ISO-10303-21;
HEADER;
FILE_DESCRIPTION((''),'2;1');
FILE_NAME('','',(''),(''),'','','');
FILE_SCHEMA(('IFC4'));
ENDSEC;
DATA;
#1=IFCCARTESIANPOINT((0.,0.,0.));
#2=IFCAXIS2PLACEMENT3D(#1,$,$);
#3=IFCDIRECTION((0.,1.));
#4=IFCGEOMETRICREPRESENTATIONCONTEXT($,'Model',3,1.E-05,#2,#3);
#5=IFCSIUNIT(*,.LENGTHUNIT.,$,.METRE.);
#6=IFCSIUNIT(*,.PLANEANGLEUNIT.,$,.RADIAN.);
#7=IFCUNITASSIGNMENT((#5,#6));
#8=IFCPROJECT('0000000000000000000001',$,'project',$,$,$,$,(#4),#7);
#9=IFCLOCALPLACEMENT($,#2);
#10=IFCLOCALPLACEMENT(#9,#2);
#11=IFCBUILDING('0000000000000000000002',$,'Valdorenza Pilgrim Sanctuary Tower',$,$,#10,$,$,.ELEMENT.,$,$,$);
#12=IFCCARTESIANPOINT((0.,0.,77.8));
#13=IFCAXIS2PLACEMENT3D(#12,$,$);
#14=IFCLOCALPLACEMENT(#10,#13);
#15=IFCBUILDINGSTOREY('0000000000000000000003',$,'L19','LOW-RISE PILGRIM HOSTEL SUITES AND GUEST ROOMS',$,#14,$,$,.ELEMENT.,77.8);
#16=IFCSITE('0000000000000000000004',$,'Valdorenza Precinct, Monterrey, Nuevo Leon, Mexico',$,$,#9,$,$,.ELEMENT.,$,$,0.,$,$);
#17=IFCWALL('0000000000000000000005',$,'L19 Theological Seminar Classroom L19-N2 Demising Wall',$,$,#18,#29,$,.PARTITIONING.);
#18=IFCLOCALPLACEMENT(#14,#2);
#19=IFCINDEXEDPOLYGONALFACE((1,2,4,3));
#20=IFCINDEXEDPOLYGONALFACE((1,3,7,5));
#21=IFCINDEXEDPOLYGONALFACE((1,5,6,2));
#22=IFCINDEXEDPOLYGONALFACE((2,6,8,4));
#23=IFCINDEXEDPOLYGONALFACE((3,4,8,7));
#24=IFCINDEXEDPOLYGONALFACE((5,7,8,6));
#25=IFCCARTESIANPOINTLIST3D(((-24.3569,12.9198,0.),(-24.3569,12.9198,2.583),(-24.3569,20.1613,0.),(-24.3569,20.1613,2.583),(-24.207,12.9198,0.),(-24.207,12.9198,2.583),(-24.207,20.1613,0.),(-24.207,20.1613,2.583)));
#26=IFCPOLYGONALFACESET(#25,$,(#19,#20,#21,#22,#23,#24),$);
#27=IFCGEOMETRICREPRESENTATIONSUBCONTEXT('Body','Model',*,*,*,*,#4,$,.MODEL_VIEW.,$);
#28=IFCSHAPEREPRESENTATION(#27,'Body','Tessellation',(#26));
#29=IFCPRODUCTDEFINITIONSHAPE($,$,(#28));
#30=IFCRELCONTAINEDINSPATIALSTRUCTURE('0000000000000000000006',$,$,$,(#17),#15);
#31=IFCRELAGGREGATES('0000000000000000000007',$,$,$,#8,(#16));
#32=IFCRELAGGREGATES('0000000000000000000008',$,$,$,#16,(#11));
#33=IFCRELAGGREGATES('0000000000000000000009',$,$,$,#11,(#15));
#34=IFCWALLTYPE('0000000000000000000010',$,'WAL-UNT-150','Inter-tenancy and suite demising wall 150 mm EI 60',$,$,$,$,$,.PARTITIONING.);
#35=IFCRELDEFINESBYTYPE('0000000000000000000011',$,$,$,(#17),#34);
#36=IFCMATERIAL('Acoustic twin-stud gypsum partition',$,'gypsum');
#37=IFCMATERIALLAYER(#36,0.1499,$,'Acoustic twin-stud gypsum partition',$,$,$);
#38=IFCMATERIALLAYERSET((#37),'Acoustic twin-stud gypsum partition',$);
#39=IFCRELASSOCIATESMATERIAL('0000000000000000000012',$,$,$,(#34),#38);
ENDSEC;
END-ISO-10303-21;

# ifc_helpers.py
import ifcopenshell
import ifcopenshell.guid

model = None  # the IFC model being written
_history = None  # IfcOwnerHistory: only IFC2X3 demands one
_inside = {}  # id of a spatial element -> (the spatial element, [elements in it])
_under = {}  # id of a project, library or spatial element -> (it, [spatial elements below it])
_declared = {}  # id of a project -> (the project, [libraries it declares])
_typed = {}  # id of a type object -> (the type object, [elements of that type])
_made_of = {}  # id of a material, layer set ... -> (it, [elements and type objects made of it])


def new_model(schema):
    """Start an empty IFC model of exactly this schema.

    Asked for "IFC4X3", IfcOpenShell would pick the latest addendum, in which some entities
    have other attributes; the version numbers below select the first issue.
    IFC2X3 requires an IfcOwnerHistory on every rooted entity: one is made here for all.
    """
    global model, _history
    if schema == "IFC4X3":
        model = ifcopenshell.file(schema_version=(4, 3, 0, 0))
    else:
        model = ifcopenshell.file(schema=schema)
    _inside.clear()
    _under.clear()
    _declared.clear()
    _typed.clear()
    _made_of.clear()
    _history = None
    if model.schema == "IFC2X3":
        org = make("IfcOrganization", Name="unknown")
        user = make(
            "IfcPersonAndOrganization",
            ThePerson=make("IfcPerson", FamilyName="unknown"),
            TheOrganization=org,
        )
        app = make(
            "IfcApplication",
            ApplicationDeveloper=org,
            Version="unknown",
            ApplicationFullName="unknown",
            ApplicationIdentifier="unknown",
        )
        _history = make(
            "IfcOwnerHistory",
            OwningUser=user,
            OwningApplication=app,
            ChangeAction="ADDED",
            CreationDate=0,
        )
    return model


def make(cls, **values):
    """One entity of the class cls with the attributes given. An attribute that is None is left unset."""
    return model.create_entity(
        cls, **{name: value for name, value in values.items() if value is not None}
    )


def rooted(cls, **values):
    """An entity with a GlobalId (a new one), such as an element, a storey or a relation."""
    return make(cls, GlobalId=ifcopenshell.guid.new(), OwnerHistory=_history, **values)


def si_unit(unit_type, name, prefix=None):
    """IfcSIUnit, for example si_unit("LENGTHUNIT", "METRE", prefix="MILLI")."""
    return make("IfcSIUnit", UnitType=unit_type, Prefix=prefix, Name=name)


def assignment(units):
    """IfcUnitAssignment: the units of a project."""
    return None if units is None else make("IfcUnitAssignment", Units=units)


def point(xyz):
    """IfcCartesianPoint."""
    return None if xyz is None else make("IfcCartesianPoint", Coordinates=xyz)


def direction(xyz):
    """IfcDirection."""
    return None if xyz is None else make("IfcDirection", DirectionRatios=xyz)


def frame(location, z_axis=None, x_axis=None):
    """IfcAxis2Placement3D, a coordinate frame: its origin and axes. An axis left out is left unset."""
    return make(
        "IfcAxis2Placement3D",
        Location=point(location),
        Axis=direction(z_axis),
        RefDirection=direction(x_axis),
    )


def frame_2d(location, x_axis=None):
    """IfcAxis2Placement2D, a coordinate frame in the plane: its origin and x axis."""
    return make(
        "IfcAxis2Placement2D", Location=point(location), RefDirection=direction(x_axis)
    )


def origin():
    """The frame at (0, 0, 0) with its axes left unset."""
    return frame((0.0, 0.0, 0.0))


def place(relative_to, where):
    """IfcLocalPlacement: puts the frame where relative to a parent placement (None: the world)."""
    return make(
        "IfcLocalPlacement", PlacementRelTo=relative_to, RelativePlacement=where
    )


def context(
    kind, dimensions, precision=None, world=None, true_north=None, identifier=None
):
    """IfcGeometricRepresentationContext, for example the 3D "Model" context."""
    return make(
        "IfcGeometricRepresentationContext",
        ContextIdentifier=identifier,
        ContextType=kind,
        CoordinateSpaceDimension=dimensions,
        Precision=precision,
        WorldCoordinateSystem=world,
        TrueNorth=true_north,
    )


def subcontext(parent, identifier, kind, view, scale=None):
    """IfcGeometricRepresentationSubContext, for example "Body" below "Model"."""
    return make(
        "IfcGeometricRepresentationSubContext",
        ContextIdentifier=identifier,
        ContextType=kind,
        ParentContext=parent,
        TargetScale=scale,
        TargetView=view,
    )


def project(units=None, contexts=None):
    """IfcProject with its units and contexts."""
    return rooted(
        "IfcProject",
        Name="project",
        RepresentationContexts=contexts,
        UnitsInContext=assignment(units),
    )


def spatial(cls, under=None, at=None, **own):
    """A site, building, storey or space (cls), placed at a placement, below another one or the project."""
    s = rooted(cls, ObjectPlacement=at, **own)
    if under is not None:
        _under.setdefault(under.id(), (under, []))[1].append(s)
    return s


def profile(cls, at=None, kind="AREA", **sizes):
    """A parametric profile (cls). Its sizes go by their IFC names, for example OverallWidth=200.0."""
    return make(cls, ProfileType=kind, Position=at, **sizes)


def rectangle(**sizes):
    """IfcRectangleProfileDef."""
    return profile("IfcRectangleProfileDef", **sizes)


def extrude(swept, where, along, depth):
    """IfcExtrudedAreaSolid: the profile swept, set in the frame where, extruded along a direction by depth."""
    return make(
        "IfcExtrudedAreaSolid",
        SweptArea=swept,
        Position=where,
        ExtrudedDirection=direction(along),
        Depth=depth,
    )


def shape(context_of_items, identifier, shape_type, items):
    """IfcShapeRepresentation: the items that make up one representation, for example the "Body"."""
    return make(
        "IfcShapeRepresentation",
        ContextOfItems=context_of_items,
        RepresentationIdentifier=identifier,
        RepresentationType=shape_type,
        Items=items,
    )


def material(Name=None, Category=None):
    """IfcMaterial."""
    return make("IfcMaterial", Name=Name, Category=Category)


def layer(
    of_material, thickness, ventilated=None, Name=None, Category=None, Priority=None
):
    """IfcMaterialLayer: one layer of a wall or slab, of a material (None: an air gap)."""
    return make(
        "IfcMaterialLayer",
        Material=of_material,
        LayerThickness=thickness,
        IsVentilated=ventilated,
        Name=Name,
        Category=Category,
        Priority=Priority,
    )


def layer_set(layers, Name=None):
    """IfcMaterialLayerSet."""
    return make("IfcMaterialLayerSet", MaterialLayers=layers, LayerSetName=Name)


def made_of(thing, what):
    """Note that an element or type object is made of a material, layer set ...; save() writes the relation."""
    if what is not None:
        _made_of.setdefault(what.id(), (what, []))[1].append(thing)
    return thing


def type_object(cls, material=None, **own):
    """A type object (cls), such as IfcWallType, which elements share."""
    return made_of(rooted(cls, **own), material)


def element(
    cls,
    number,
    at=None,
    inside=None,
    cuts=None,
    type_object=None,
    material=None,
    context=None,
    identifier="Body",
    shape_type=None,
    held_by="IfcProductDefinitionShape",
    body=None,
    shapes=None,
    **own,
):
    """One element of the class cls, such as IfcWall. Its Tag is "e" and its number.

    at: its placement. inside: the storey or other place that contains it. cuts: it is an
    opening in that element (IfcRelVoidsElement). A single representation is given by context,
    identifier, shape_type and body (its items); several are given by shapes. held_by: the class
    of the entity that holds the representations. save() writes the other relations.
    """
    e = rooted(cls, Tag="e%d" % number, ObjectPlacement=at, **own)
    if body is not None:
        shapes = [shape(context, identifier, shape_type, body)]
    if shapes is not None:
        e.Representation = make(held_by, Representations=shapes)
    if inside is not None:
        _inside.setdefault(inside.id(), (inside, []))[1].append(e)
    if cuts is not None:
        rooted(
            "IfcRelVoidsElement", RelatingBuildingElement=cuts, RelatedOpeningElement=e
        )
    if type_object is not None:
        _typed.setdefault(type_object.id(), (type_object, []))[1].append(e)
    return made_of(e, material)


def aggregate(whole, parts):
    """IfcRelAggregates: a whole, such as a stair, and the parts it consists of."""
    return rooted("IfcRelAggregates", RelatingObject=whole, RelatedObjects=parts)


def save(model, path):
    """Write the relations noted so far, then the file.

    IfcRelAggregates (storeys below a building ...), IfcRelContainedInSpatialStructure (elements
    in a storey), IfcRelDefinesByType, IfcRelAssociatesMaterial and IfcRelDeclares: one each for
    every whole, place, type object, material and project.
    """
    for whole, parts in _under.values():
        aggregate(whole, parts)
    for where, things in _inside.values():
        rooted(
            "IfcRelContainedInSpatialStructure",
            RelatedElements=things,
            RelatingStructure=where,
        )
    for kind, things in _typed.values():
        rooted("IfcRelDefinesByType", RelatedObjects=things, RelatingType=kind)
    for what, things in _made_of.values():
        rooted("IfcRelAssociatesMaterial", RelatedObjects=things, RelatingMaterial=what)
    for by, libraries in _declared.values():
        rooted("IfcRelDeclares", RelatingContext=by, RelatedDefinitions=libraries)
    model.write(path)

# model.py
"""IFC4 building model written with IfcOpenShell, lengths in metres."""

from ifc_helpers import new_model, si_unit, direction, frame, frame_2d, origin, place, context, subcontext, project, spatial, rectangle, extrude, material, layer, layer_set, type_object, element, save


model = new_model("IFC4")

# Units and contexts
model_context = context("Model", 3, precision=1e-05, world=origin(), true_north=direction((0.0, 1.0)))
body_context = subcontext(model_context, "Body", "Model", "MODEL_VIEW")
ifc_project = project(units=[si_unit("LENGTHUNIT", "METRE"), si_unit("PLANEANGLEUNIT", "RADIAN")], contexts=[model_context])

# Site, building, storey
site_placement = place(None, origin())
site = spatial("IfcSite", under=ifc_project, at=site_placement, Name="Valdorenza Precinct, Monterrey, Nuevo Leon, Mexico", CompositionType="ELEMENT", RefElevation=0.0)
building_placement = place(site_placement, origin())
building = spatial("IfcBuilding", under=site, at=building_placement, Name="Valdorenza Pilgrim Sanctuary Tower", CompositionType="ELEMENT")
storey_placement = place(building_placement, frame((0.0, 0.0, 77.8)))
storey = spatial("IfcBuildingStorey", under=building, at=storey_placement, Name="L19", Description="LOW-RISE PILGRIM HOSTEL SUITES AND GUEST ROOMS", CompositionType="ELEMENT", Elevation=77.8)

# Wall
ifc_material_1 = material(Name="Acoustic twin-stud gypsum partition", Category="gypsum")
ifc_layer_1 = layer(ifc_material_1, 0.1499, Name="Acoustic twin-stud gypsum partition")
ifc_layer_set_1 = layer_set([ifc_layer_1], Name="Acoustic twin-stud gypsum partition")
wall_type_1 = type_object("IfcWallType", Name="WAL-UNT-150", Description="Inter-tenancy and suite demising wall 150 mm EI 60", PredefinedType="PARTITIONING", material=ifc_layer_set_1)
wall_1_placement = place(storey_placement, frame((-24.282, 12.9199, 0.0), z_axis=(0.0, 0.0, 1.0), x_axis=(0.0, 1.0, 0.0)))
element("IfcWall", 1, at=wall_1_placement, inside=storey, type_object=wall_type_1, Name="L19 Theological Seminar Classroom L19-N2 Demising Wall", PredefinedType="PARTITIONING", context=body_context, shape_type="SweptSolid", body=[
    extrude(rectangle(XDim=7.2415, YDim=0.1499, at=frame_2d((3.6206, 0.0))), origin(), (0.0, 0.0, 1.0), 2.583),
])

save(model, "model.ifc")
